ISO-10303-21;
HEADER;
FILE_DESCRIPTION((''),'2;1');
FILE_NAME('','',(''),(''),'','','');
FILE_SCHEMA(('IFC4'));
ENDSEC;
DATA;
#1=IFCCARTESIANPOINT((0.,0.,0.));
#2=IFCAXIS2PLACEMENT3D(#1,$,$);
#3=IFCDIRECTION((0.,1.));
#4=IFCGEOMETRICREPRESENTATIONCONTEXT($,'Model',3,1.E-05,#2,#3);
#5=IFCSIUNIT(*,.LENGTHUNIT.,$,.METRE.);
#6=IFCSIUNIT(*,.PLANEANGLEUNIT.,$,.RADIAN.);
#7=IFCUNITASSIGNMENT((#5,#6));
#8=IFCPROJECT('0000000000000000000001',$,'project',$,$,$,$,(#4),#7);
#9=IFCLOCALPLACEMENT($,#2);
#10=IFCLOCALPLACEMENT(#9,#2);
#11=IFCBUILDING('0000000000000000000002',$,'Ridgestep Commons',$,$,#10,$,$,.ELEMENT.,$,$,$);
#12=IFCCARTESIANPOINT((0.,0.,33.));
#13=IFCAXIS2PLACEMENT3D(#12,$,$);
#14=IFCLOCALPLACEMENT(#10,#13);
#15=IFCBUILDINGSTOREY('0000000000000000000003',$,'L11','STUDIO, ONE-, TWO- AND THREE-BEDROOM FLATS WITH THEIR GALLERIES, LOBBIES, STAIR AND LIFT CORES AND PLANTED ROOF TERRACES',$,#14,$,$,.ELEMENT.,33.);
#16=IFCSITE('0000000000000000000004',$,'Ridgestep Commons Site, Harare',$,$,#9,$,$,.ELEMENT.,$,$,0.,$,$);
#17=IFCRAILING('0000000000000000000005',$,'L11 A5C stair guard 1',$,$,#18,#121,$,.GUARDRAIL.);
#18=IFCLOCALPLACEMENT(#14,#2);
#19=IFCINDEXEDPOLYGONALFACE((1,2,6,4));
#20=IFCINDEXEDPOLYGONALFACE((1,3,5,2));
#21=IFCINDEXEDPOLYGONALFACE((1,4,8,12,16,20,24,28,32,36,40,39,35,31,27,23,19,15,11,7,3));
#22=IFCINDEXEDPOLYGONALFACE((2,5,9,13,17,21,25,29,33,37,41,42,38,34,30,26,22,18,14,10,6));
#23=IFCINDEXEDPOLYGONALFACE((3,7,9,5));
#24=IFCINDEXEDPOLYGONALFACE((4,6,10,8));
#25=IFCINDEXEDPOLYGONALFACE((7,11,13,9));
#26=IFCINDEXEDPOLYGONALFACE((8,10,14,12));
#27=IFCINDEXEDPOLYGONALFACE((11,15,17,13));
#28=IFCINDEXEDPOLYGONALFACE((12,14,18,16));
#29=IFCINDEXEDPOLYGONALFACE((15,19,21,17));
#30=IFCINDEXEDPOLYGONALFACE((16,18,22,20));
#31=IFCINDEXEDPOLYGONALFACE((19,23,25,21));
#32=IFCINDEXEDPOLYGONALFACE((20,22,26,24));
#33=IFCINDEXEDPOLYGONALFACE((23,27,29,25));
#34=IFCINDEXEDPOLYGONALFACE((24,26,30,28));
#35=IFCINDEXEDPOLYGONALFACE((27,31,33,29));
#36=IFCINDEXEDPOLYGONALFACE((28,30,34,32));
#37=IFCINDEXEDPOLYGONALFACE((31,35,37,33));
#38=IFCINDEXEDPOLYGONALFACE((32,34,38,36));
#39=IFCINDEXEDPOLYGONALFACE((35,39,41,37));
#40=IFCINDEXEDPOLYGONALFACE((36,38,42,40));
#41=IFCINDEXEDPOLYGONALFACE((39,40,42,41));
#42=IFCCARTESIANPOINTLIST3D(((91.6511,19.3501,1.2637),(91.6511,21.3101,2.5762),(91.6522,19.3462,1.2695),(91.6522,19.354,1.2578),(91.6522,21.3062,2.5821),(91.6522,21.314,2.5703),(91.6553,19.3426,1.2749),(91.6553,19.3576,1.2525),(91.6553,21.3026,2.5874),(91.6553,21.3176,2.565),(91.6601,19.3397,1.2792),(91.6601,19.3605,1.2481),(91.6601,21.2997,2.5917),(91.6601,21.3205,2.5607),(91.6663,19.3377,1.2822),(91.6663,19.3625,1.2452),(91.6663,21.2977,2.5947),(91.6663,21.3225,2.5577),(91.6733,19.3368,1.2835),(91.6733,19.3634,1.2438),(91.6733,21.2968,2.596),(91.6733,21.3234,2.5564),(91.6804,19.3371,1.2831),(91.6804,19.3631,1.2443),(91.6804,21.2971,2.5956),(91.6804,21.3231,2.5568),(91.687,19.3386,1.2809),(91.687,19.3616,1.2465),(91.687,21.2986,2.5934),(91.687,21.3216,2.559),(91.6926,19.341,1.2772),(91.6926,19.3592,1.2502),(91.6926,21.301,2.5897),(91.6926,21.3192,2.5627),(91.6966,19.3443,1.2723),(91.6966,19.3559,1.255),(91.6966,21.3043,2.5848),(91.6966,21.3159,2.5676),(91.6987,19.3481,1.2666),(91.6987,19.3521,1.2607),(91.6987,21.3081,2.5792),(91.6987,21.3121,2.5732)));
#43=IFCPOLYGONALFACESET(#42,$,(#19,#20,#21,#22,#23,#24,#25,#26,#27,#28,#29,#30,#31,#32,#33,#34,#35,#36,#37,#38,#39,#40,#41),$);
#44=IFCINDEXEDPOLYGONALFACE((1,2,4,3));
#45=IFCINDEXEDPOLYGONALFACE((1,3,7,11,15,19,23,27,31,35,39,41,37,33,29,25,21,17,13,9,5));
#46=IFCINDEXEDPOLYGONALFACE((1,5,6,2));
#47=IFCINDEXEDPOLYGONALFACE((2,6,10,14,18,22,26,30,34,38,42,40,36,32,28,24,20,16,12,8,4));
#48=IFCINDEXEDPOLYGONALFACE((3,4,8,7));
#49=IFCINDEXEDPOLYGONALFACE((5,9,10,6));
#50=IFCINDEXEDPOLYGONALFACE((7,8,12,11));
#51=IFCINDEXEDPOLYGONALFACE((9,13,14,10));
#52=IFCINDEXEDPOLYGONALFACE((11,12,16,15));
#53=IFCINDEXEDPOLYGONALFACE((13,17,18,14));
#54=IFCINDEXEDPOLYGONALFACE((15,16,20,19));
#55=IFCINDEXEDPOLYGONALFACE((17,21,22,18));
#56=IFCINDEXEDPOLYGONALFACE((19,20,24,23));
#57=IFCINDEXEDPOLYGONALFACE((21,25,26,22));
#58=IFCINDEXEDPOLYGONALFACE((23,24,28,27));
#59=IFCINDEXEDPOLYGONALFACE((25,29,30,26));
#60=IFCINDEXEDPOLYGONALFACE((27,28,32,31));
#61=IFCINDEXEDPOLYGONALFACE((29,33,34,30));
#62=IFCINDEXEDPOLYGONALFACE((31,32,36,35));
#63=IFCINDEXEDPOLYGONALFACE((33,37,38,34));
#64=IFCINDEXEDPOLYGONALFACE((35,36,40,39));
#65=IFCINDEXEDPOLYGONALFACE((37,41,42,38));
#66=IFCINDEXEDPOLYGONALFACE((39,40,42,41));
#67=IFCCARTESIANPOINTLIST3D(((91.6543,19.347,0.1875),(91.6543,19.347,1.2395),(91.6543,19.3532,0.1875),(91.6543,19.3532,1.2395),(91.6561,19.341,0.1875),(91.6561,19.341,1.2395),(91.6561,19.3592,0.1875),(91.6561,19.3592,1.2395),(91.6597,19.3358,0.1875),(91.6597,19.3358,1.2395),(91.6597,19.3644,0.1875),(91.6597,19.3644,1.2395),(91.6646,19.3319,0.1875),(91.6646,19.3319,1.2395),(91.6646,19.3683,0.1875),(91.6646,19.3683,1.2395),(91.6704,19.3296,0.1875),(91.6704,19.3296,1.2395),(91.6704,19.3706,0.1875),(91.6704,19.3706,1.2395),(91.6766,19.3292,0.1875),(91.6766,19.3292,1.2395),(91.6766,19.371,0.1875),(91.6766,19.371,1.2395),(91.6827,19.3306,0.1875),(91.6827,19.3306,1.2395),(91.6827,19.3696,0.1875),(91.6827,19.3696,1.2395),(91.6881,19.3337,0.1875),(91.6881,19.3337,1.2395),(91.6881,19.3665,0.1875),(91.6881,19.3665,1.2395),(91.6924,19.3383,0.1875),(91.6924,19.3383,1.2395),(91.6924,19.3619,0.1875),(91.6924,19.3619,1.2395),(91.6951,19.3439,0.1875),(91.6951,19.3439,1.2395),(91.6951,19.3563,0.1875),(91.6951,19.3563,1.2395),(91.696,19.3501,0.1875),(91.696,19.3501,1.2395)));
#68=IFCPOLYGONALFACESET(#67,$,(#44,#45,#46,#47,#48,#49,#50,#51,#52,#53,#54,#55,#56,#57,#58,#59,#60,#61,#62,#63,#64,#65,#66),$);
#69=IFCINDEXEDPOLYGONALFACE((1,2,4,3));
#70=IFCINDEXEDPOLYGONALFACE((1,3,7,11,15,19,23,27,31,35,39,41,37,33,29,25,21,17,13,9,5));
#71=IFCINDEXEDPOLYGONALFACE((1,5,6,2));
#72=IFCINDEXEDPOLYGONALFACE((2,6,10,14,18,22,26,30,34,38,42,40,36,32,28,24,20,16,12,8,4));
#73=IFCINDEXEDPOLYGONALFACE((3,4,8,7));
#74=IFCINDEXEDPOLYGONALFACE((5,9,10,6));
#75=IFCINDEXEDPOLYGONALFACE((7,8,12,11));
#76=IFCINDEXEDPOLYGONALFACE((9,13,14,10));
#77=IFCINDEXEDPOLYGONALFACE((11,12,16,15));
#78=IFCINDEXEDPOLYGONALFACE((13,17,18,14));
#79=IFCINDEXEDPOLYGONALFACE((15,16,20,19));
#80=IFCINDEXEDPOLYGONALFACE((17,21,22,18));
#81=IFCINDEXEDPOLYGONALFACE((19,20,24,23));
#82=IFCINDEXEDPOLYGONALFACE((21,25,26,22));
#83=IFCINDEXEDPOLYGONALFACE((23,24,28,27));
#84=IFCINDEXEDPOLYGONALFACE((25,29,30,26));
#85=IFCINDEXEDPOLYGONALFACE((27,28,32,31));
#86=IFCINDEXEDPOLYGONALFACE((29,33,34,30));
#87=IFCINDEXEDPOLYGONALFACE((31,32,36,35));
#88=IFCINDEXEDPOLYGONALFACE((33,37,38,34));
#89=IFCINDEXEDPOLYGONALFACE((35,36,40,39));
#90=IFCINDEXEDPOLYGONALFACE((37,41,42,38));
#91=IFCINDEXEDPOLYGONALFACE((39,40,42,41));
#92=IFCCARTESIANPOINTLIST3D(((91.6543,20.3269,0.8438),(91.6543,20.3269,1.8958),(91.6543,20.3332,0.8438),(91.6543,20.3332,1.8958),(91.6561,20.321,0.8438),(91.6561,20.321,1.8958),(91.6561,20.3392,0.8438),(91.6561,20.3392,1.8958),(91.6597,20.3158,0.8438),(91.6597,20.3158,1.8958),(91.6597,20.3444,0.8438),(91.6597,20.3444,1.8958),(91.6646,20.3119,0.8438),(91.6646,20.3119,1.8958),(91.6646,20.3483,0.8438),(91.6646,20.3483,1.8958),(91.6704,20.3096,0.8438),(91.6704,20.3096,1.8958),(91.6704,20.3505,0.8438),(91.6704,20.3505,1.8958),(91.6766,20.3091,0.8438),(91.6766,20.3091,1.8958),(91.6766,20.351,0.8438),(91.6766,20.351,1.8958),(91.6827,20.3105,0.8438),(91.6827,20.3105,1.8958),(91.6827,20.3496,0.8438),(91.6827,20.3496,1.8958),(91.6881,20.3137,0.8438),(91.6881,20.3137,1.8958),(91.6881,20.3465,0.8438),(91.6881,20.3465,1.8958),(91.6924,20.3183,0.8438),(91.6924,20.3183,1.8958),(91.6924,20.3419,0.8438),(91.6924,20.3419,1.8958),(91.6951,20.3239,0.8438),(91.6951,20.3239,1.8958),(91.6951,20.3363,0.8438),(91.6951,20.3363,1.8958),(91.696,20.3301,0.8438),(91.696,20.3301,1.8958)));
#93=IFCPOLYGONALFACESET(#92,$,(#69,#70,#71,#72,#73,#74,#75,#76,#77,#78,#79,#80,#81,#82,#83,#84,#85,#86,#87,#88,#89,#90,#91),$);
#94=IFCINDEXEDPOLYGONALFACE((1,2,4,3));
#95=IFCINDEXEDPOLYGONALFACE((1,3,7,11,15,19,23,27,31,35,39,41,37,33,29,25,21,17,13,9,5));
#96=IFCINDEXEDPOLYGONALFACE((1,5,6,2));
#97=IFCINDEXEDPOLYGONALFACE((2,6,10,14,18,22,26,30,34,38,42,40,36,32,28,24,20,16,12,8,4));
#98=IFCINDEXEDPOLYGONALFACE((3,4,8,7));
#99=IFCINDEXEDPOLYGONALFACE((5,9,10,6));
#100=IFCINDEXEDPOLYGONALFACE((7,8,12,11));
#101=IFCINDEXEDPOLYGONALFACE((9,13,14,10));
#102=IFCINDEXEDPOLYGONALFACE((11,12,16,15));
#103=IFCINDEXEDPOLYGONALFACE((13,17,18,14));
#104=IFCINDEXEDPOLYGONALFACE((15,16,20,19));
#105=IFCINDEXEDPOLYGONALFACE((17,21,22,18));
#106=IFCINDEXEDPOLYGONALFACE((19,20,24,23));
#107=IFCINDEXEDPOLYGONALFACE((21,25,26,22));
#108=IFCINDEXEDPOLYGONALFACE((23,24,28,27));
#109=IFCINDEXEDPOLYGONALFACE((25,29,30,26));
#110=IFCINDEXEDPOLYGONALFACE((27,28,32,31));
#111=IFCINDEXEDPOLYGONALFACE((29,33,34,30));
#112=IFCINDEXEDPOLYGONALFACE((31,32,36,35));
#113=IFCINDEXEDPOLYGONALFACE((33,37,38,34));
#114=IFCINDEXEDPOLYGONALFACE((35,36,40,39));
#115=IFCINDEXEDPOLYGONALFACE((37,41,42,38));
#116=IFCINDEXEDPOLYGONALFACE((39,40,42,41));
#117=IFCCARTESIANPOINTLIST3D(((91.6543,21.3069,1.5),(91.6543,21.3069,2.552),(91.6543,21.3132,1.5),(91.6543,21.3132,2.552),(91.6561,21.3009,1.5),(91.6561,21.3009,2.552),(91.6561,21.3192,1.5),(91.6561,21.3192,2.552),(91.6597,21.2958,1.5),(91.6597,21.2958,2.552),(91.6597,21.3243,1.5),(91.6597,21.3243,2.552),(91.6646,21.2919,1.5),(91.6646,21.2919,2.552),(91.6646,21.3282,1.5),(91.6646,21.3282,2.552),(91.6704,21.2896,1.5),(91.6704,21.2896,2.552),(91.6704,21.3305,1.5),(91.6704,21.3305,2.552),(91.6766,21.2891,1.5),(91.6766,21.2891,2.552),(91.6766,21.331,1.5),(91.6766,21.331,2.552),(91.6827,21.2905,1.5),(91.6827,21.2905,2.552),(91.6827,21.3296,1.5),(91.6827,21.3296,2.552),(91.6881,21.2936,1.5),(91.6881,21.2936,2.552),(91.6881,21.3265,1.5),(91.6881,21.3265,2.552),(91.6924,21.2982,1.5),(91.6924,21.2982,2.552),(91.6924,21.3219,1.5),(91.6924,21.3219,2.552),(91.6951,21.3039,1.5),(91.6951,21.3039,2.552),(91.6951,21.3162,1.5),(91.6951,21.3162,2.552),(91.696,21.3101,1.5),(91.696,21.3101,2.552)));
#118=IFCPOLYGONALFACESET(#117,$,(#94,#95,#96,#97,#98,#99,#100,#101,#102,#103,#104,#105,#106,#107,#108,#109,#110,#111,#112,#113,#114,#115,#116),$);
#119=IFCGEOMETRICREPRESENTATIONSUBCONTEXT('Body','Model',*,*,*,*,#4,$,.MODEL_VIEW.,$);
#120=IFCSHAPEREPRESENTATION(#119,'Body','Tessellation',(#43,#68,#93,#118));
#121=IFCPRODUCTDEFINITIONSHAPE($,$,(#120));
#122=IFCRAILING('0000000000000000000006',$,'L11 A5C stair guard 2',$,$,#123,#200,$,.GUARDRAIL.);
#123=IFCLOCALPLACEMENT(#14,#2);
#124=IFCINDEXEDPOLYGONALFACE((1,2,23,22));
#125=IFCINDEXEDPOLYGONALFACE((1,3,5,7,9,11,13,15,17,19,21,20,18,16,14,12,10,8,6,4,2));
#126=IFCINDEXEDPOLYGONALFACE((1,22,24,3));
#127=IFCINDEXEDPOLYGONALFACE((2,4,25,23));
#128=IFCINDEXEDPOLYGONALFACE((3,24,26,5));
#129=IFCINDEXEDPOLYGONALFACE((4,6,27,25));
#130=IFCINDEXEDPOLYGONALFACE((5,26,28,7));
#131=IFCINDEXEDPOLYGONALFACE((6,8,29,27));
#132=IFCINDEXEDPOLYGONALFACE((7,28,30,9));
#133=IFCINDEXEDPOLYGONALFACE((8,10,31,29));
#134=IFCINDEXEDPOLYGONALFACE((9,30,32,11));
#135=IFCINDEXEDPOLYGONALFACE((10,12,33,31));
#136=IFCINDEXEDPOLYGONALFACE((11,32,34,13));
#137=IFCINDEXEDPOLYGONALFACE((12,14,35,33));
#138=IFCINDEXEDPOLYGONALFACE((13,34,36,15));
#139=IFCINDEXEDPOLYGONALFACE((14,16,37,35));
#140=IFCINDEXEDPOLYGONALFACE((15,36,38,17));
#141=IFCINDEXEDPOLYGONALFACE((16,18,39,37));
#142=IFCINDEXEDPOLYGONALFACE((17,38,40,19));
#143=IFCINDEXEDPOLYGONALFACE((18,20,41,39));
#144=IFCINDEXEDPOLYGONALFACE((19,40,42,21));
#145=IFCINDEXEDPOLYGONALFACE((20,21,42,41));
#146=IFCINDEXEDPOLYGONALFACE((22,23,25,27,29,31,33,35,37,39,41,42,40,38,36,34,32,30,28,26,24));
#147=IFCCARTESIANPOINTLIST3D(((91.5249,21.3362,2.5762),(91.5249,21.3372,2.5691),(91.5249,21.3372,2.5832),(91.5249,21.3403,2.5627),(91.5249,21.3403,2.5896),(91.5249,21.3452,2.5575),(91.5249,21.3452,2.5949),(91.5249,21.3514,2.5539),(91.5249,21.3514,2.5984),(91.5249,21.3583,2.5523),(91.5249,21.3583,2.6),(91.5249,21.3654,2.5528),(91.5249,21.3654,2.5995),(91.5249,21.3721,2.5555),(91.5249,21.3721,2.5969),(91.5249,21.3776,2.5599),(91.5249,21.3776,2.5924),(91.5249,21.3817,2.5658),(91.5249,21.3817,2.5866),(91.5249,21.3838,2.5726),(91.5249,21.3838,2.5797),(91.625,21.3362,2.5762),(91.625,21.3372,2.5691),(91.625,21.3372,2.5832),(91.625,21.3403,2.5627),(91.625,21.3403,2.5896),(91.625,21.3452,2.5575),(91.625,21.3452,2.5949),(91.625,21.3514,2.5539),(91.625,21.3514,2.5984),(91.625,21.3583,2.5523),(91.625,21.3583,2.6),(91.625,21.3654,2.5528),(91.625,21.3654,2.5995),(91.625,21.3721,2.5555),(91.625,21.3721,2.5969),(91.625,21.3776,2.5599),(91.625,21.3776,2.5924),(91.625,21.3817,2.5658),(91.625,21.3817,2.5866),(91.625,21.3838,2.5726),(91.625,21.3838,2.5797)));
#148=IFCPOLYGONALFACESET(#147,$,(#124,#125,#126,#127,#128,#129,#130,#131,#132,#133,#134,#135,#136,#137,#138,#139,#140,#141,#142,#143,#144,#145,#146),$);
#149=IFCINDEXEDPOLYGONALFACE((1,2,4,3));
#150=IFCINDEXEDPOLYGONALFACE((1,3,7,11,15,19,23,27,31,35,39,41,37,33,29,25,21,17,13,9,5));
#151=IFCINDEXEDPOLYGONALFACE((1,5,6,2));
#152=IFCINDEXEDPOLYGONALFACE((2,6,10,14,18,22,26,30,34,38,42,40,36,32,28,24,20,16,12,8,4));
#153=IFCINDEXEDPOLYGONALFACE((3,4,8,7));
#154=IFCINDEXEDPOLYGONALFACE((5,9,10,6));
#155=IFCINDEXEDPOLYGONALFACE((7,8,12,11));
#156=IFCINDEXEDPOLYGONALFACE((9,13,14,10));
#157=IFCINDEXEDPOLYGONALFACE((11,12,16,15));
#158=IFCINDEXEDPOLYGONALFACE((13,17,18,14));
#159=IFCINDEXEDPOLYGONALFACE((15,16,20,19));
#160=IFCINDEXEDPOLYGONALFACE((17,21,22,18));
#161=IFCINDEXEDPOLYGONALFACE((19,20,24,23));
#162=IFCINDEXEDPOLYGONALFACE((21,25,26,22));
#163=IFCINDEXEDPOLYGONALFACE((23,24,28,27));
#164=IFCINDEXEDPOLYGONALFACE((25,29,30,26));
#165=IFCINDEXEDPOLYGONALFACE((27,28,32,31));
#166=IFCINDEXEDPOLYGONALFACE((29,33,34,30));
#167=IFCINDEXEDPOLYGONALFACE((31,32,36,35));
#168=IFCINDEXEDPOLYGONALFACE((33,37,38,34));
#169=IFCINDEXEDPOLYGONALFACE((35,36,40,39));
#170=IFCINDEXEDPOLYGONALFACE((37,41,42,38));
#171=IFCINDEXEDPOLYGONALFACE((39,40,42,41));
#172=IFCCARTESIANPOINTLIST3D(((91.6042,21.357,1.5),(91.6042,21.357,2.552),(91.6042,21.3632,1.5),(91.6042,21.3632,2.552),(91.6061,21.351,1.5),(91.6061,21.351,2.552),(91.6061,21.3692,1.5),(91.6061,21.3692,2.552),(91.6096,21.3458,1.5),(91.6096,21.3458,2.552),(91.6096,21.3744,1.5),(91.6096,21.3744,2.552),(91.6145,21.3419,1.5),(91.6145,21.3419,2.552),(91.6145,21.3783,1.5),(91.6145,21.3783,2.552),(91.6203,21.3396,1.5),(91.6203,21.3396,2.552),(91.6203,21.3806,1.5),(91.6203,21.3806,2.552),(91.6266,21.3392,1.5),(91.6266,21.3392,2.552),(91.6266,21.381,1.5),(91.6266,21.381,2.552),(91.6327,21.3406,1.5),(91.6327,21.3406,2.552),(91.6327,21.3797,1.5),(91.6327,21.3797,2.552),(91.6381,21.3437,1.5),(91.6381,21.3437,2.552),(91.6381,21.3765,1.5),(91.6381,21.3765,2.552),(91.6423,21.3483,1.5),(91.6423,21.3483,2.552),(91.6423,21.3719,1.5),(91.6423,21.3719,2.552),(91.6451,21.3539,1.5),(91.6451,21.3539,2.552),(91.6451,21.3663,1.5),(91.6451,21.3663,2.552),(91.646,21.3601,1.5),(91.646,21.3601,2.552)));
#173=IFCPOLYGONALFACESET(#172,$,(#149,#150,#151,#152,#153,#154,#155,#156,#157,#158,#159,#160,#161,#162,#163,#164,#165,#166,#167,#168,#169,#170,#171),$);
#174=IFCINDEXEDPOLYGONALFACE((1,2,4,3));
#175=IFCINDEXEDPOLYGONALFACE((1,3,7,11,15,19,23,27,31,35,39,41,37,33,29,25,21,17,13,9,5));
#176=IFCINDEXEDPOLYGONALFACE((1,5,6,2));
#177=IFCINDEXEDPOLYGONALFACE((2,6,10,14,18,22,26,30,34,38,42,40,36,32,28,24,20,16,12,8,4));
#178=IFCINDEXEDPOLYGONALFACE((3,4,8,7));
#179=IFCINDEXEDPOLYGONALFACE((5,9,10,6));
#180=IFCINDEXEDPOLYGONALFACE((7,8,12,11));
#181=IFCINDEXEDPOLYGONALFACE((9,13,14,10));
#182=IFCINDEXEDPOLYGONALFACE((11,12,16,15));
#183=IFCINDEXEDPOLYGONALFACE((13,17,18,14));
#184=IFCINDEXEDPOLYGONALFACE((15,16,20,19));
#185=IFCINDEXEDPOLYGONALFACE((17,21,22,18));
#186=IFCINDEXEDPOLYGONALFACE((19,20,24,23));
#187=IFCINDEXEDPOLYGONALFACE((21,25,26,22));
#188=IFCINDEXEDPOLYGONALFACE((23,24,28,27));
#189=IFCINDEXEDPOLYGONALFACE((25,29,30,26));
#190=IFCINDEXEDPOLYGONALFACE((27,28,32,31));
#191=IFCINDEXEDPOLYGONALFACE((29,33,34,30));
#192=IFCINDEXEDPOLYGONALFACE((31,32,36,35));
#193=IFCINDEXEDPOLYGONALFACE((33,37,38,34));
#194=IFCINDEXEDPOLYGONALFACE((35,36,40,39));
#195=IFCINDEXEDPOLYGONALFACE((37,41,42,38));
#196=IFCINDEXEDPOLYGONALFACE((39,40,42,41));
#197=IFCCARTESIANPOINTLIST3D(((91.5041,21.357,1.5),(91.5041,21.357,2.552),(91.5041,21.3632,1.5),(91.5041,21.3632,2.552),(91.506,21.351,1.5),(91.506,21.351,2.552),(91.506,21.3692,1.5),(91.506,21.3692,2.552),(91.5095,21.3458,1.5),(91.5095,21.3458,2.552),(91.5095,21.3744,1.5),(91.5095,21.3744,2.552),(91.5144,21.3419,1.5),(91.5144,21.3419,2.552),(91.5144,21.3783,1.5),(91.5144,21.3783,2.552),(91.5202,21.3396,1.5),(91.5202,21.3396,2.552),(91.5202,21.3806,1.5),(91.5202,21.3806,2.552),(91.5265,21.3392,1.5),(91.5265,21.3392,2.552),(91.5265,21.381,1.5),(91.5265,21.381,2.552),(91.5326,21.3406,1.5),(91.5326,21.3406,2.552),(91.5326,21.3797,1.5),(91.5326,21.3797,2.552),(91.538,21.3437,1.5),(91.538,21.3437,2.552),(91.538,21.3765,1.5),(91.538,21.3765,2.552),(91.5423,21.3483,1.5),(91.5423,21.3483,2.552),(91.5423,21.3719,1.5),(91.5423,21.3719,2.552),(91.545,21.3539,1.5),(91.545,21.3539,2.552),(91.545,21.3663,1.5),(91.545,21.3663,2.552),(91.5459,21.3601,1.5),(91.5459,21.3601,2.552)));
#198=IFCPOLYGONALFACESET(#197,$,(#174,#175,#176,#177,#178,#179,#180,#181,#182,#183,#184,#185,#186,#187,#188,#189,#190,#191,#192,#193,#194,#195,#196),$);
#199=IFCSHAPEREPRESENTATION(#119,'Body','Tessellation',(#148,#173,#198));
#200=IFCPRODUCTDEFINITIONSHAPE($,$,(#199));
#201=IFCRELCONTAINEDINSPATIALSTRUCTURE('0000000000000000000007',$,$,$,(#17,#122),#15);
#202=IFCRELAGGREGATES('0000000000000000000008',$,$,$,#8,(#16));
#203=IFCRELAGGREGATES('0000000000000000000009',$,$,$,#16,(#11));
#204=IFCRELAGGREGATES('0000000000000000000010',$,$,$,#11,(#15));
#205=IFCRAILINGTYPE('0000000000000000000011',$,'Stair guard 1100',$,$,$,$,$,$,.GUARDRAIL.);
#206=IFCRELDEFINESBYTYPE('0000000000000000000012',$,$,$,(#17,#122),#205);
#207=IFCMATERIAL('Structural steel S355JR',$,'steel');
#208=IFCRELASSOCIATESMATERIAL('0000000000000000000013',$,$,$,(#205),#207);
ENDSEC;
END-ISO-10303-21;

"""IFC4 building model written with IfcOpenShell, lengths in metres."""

from ifc_helpers import new_model, si_unit, direction, frame, origin, origin_2d, place, context, subcontext, project, spatial, circle, extrude, material, type_object, element, save


model = new_model("IFC4")

# Units and contexts
model_context = context("Model", 3, precision=1e-05, world=origin(), true_north=direction((0.0, 1.0)))
body_context = subcontext(model_context, "Body", "Model", "MODEL_VIEW")
ifc_project = project(units=[si_unit("LENGTHUNIT", "METRE"), si_unit("PLANEANGLEUNIT", "RADIAN")], contexts=[model_context])

# Site, building, storey
site_placement = place(None, origin())
site = spatial("IfcSite", under=ifc_project, at=site_placement, Name="Ridgestep Commons Site, Harare", CompositionType="ELEMENT", RefElevation=0.0)
building_placement = place(site_placement, origin())
building = spatial("IfcBuilding", under=site, at=building_placement, Name="Ridgestep Commons", CompositionType="ELEMENT")
storey_placement = place(building_placement, frame((0.0, 0.0, 33.0)))
storey = spatial("IfcBuildingStorey", under=building, at=storey_placement, Name="L11", Description="STUDIO, ONE-, TWO- AND THREE-BEDROOM FLATS WITH THEIR GALLERIES, LOBBIES, STAIR AND LIFT CORES AND PLANTED ROOF TERRACES", CompositionType="ELEMENT", Elevation=33.0)

# Railings
ifc_material_1 = material(Name="Structural steel S355JR", Category="steel")
railing_type_1 = type_object("IfcRailingType", Name="Stair guard 1100", PredefinedType="GUARDRAIL", material=ifc_material_1)
railing_1_placement = place(storey_placement, frame((91.675, 19.3501, 0.1875)))
element("IfcRailing", 1, at=railing_1_placement, inside=storey, type_object=railing_type_1, Name="L11 A5C stair guard 1", PredefinedType="GUARDRAIL", context=body_context, shape_type="SweptSolid", body=[
    extrude(circle(Radius=0.0239, at=origin_2d()), frame((0.0, 0.0, 1.0762), z_axis=(0.0, 0.830902, 0.556419), x_axis=(-1.0, 0.0, 0.0)), (0.0, 0.0, 1.0), 2.3589),
    extrude(circle(Radius=0.021, at=origin_2d()), origin(), (0.0, 0.0, 1.0), 1.052),
    extrude(circle(Radius=0.021, at=origin_2d()), frame((0.0, 0.98, 0.6562)), (0.0, 0.0, 1.0), 1.052),
    extrude(circle(Radius=0.021, at=origin_2d()), frame((0.0, 1.96, 1.3125)), (0.0, 0.0, 1.0), 1.052),
])
railing_2_placement = place(storey_placement, frame((91.625, 21.3601, 1.5)))
element("IfcRailing", 2, at=railing_2_placement, inside=storey, type_object=railing_type_1, Name="L11 A5C stair guard 2", PredefinedType="GUARDRAIL", context=body_context, shape_type="SweptSolid", body=[
    extrude(circle(Radius=0.0239, at=origin_2d()), frame((0.0, 0.0, 1.0762), z_axis=(-1.0, 0.0, 0.0), x_axis=(0.0, -1.0, 0.0)), (0.0, 0.0, 1.0), 0.1001),
    extrude(circle(Radius=0.021, at=origin_2d()), origin(), (0.0, 0.0, 1.0), 1.052),
    extrude(circle(Radius=0.021, at=origin_2d()), frame((-0.1001, 0.0, 0.0)), (0.0, 0.0, 1.0), 1.052),
])

save(model, "model.ifc")
